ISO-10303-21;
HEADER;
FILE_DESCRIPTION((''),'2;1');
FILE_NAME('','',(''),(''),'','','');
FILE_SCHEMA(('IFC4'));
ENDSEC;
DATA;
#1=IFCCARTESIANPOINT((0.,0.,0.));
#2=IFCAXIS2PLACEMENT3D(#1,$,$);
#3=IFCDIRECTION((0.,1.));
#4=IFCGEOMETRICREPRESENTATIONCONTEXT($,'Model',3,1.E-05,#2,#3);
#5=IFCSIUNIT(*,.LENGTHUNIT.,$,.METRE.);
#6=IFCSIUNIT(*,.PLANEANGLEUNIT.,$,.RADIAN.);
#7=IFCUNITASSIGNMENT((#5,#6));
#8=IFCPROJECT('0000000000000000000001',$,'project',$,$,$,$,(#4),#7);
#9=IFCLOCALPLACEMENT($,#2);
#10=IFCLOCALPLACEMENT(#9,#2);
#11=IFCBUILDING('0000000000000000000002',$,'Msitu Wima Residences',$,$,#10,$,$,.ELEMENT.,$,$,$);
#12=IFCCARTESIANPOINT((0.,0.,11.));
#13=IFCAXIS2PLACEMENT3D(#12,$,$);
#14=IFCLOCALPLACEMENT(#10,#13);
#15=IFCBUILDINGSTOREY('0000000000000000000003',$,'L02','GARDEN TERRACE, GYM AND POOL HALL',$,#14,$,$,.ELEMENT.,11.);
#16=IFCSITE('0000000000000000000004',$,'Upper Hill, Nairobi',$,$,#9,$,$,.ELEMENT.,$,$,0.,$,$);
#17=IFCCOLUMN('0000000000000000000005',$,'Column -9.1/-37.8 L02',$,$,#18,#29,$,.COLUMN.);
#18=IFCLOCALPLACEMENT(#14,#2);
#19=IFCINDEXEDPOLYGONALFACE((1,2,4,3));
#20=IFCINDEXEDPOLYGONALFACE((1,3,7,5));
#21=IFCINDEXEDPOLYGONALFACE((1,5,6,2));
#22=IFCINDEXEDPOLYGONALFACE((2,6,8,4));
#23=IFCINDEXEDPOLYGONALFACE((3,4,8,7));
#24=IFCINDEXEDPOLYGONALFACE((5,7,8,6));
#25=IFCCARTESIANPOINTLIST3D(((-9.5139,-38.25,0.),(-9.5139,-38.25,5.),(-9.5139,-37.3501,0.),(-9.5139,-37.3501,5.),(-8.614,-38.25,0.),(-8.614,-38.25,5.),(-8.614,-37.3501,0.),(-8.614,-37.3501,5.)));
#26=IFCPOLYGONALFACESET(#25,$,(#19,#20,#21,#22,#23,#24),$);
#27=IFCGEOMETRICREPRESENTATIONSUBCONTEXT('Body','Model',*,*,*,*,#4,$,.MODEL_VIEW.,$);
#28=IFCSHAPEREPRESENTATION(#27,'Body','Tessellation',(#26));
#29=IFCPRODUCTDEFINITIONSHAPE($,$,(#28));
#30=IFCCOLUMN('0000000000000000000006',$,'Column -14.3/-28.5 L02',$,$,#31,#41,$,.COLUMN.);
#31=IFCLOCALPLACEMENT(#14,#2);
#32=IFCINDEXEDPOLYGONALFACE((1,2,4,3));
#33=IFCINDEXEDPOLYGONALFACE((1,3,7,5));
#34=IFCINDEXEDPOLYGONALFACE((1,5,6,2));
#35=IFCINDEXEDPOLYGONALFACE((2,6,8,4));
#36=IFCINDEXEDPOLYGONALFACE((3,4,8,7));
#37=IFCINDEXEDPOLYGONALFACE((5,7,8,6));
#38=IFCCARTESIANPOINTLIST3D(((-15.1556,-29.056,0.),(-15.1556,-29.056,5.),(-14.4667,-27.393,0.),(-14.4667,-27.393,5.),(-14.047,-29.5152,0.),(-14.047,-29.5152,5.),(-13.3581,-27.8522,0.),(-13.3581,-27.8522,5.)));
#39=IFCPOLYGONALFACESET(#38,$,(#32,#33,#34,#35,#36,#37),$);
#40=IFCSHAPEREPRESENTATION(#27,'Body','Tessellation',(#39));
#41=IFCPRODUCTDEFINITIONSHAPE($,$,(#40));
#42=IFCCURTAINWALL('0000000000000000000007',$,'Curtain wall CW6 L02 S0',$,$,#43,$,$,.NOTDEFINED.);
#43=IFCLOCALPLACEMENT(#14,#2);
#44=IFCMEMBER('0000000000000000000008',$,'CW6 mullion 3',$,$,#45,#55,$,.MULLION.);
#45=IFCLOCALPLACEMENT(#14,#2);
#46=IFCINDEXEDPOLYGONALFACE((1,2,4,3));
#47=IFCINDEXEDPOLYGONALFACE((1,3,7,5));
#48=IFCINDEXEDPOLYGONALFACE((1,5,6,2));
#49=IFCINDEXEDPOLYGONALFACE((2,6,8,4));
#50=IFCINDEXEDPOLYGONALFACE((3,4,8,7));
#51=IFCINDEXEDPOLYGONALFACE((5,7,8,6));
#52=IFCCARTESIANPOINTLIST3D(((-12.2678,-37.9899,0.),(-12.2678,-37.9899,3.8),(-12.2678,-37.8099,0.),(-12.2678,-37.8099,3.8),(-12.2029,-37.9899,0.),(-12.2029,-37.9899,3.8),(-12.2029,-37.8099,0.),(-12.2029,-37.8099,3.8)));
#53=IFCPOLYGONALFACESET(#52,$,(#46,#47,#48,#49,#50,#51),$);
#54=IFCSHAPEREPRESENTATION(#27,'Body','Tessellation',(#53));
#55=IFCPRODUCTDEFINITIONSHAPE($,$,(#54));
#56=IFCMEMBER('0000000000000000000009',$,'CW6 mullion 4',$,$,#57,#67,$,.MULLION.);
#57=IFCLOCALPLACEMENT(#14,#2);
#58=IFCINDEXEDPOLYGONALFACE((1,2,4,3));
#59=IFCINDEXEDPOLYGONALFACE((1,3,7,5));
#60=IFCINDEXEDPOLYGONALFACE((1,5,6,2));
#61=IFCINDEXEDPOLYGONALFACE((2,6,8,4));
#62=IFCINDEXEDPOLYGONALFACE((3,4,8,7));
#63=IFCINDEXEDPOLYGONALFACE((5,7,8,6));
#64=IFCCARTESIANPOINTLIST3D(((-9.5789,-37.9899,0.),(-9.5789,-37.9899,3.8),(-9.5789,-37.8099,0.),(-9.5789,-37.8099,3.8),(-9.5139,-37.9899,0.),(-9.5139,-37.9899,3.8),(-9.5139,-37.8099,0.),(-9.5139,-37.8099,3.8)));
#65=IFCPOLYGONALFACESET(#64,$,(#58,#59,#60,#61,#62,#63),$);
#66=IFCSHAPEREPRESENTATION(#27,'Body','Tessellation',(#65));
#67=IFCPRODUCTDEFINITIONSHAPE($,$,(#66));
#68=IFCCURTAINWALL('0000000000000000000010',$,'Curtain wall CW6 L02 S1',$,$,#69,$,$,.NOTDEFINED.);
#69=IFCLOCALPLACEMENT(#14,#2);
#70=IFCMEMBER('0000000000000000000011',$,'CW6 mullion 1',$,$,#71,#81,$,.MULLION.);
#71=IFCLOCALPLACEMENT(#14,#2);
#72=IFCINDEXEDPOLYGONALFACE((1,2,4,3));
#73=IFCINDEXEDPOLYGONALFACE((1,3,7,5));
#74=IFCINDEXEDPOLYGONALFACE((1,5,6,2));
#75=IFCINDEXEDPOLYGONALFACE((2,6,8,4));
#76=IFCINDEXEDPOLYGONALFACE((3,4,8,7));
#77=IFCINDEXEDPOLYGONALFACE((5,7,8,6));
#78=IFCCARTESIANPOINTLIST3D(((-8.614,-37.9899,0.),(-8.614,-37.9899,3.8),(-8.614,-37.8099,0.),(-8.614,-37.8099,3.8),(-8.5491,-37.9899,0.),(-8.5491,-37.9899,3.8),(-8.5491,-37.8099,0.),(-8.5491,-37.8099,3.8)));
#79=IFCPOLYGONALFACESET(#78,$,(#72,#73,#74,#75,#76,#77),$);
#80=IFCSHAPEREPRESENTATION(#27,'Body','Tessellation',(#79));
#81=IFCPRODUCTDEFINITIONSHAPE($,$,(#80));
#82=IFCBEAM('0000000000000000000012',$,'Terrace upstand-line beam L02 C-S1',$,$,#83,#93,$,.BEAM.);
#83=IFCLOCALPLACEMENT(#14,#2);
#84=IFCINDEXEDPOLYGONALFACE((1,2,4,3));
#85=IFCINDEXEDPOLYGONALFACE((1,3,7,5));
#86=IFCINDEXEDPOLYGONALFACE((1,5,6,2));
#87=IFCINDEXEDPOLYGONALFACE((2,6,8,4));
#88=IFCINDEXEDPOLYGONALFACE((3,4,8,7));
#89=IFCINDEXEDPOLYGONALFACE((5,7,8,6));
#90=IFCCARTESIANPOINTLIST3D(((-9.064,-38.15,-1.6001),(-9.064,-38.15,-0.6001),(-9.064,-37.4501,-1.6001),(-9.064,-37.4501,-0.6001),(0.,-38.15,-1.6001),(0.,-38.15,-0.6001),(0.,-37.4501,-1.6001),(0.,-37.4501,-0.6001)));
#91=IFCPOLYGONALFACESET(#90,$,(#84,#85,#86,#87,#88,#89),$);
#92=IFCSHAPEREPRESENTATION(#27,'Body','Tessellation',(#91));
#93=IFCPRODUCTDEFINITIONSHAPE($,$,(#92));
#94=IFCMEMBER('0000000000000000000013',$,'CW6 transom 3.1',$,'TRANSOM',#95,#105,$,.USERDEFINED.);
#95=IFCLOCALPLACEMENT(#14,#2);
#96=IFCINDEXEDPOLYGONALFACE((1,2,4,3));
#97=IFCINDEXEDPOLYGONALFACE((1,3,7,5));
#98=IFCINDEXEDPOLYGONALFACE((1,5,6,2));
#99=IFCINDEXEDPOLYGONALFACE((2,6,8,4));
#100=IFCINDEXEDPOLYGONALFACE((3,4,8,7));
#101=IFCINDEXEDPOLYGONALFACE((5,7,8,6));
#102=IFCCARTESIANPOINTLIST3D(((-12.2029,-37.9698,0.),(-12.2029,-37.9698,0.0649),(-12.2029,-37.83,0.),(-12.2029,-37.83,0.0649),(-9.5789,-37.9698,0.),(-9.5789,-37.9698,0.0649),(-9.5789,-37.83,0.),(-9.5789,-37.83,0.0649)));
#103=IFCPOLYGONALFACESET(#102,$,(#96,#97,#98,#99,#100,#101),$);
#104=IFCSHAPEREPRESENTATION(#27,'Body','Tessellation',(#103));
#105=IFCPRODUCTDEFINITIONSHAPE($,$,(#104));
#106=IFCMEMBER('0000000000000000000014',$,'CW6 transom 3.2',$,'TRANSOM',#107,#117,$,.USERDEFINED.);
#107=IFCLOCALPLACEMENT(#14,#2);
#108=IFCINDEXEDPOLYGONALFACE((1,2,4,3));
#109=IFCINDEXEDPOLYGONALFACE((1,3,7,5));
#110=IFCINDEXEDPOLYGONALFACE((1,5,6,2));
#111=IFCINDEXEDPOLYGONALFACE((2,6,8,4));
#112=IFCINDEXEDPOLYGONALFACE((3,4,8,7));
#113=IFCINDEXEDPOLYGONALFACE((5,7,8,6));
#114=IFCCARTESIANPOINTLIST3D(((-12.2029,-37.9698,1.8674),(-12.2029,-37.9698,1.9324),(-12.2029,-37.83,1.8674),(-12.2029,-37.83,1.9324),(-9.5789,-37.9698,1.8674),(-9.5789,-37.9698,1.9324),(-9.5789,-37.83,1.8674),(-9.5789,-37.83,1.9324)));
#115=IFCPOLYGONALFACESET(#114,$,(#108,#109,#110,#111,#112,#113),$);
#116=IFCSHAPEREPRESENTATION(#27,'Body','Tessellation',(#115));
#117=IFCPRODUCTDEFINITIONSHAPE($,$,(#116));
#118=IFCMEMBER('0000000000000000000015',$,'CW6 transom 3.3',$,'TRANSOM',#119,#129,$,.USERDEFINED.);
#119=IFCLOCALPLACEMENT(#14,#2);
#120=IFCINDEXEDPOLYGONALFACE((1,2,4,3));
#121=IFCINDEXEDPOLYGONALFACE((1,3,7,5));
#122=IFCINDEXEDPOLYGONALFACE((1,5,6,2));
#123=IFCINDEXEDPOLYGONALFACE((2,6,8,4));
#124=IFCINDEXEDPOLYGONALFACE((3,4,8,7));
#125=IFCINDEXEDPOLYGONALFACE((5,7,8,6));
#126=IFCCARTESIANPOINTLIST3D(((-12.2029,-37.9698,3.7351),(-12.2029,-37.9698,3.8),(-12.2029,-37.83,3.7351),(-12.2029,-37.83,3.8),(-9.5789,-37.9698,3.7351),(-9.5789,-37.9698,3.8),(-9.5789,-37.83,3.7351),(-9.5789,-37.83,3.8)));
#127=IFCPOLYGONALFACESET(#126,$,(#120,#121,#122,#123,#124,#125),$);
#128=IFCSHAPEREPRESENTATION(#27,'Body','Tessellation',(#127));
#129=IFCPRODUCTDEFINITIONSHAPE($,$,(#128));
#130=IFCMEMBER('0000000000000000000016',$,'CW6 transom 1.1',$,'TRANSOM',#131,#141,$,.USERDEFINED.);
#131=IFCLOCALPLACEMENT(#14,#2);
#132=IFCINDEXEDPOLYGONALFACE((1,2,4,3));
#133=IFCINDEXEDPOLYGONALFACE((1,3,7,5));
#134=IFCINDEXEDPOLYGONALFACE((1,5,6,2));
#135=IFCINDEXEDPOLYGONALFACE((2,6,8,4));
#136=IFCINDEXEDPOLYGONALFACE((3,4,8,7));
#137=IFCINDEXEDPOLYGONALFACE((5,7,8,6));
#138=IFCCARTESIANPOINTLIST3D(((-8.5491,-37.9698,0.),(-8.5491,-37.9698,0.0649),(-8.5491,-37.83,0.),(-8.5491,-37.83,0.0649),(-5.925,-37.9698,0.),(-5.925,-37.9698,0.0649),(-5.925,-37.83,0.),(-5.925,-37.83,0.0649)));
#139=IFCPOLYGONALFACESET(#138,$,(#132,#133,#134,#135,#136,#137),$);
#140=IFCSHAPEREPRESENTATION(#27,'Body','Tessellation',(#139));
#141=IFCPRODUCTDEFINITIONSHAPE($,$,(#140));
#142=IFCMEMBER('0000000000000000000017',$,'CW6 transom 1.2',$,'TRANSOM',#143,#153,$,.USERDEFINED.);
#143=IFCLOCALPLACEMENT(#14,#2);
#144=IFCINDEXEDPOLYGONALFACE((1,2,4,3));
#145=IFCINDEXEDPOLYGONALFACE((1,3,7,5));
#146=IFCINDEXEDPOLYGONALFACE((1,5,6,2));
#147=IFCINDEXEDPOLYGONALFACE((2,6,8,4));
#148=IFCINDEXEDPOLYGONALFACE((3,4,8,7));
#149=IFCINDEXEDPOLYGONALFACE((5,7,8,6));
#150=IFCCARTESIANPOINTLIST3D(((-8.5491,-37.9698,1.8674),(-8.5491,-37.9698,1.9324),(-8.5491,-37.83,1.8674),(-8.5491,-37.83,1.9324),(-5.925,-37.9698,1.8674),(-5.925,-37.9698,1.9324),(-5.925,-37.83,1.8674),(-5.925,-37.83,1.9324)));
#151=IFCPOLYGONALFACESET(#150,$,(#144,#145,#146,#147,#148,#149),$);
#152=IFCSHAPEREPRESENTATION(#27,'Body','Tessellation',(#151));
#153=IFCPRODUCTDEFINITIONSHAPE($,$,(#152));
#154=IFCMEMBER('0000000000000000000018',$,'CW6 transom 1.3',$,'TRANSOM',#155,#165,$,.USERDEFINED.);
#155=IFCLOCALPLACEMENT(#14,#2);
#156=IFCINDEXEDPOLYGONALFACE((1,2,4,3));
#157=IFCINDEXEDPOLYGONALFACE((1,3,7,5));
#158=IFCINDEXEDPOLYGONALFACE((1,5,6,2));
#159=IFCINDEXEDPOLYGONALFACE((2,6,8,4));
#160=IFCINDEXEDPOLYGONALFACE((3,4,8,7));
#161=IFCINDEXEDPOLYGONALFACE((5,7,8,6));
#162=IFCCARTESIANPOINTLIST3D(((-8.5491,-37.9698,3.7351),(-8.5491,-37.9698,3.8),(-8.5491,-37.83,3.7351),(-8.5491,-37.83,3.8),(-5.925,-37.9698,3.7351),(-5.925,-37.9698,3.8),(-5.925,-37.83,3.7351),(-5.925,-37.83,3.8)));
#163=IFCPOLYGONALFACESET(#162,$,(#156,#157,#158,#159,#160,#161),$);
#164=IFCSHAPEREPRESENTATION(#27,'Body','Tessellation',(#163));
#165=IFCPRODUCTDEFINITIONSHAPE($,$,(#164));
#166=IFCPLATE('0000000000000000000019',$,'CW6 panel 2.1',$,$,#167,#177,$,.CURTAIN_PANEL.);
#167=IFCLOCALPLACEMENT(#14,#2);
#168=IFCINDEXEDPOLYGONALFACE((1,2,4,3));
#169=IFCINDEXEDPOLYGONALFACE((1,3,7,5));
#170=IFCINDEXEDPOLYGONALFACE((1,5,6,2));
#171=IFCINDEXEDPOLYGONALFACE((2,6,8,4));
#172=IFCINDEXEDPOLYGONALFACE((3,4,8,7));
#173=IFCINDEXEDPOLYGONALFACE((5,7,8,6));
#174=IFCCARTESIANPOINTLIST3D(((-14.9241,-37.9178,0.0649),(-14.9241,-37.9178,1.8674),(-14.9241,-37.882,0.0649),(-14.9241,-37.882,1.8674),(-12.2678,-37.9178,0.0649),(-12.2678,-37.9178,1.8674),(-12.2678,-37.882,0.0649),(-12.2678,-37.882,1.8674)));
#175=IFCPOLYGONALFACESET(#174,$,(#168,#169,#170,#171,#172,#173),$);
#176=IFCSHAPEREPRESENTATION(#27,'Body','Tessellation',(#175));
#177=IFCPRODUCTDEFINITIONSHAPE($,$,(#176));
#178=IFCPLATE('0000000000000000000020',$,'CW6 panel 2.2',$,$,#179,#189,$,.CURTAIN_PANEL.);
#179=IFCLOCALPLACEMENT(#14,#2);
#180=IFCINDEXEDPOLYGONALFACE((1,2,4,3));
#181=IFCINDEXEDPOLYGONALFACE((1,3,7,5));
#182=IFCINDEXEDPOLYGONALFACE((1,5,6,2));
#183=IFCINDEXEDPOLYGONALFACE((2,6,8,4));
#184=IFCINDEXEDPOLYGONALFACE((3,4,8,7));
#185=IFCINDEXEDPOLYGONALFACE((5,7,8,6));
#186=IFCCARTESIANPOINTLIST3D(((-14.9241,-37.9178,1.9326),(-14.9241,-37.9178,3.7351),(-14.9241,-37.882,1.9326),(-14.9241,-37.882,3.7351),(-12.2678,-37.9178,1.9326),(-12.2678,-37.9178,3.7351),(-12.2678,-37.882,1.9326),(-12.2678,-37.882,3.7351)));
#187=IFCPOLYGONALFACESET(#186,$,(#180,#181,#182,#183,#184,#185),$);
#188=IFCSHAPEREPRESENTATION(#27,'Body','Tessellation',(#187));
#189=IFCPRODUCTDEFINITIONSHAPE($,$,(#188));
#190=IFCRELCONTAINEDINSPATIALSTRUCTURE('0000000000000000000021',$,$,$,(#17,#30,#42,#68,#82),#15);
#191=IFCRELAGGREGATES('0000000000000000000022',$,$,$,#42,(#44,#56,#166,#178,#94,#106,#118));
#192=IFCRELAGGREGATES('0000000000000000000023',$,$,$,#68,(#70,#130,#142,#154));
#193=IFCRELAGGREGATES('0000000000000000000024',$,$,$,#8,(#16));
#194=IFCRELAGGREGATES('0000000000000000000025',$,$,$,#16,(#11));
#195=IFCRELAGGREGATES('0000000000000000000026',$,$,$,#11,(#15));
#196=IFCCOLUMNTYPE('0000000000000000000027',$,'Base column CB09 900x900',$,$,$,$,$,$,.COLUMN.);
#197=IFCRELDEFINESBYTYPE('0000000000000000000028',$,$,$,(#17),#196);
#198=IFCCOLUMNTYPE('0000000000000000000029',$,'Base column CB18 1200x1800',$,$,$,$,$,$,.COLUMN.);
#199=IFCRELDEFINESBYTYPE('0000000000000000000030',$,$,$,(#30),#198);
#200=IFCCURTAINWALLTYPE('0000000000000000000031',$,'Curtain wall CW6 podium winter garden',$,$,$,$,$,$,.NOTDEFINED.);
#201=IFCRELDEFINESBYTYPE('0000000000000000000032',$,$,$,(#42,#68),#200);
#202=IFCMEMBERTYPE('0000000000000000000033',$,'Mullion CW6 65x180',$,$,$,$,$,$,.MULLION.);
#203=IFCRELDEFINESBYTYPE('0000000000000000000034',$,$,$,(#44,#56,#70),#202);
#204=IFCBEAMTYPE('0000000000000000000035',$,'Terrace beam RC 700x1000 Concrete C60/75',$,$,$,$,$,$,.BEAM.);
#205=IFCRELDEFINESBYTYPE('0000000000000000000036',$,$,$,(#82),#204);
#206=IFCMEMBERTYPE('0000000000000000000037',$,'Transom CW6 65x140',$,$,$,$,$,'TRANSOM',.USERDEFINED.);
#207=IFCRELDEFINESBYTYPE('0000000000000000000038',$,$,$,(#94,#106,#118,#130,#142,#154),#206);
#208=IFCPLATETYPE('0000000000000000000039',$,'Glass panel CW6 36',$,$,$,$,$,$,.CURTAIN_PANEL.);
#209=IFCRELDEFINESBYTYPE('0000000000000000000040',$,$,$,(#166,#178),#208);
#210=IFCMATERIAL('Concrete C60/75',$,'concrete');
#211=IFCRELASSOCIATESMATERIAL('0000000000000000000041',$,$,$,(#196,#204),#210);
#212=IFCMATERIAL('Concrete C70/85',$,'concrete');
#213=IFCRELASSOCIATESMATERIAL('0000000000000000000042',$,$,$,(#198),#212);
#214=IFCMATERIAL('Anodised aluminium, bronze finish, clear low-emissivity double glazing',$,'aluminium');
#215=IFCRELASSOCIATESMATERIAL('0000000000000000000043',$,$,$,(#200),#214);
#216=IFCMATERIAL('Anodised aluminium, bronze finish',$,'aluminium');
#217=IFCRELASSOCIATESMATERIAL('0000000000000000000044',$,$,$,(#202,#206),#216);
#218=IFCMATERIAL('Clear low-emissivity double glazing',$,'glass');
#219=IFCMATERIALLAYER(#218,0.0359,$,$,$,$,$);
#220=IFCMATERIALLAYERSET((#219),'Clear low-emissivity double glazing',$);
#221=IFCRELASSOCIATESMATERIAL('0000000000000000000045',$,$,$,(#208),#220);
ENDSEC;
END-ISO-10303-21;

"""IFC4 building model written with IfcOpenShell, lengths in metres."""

from ifc_helpers import new_model, si_unit, direction, frame, origin, origin_2d, place, context, subcontext, project, spatial, rectangle, extrude, material, layer, layer_set, material_profile, profile_set, type_object, element, aggregate, save


model = new_model("IFC4")

# Units and contexts
model_context = context("Model", 3, precision=1e-05, world=origin(), true_north=direction((0.0, 1.0)))
body_context = subcontext(model_context, "Body", "Model", "MODEL_VIEW")
ifc_project = project(units=[si_unit("LENGTHUNIT", "METRE"), si_unit("PLANEANGLEUNIT", "RADIAN")], contexts=[model_context])

# Site, building, storey
site_placement = place(None, origin())
site = spatial("IfcSite", under=ifc_project, at=site_placement, Name="Upper Hill, Nairobi", CompositionType="ELEMENT", RefElevation=0.0)
building_placement = place(site_placement, origin())
building = spatial("IfcBuilding", under=site, at=building_placement, Name="Msitu Wima Residences", CompositionType="ELEMENT")
storey_placement = place(building_placement, frame((0.0, 0.0, 11.0)))
storey = spatial("IfcBuildingStorey", under=building, at=storey_placement, Name="L02", Description="GARDEN TERRACE, GYM AND POOL HALL", CompositionType="ELEMENT", Elevation=11.0)

# Columns
ifc_material_1 = material(Name="Concrete C60/75", Category="concrete")
ifc_material_profile_1 = material_profile(ifc_material_1, rectangle(XDim=0.8999, YDim=0.8999, at=origin_2d()), Name="RC 900x900")
ifc_profile_set_1 = profile_set([ifc_material_profile_1], Name="Concrete C60/75")
column_type_1 = type_object("IfcColumnType", Name="Base column CB09 900x900", PredefinedType="COLUMN", material=ifc_profile_set_1)
column_1_placement = place(storey_placement, frame((-9.064, -37.8, 0.0), z_axis=(0.0, 0.0, 1.0), x_axis=(1.0, 0.0, 0.0)))
element("IfcColumn", 1, at=column_1_placement, inside=storey, type_object=column_type_1, Name="Column -9.1/-37.8 L02", PredefinedType="COLUMN", context=body_context, shape_type="SweptSolid", body=[
    extrude(rectangle(XDim=0.8999, YDim=0.8999, at=origin_2d()), origin(), (0.0, 0.0, 1.0), 5.0),
])
ifc_material_2 = material(Name="Concrete C70/85", Category="concrete")
ifc_material_profile_2 = material_profile(ifc_material_2, rectangle(XDim=1.2, YDim=1.8, at=origin_2d()), Name="RC 1200x1800")
ifc_profile_set_2 = profile_set([ifc_material_profile_2], Name="Concrete C70/85")
column_type_2 = type_object("IfcColumnType", Name="Base column CB18 1200x1800", PredefinedType="COLUMN", material=ifc_profile_set_2)
column_2_placement = place(storey_placement, frame((-14.2568, -28.4541, 0.0), z_axis=(0.0, 0.0, 1.0), x_axis=(0.92388, -0.382683, 0.0)))
element("IfcColumn", 2, at=column_2_placement, inside=storey, type_object=column_type_2, Name="Column -14.3/-28.5 L02", PredefinedType="COLUMN", context=body_context, shape_type="SweptSolid", body=[
    extrude(rectangle(XDim=1.2, YDim=1.8, at=origin_2d()), origin(), (0.0, 0.0, 1.0), 5.0),
])

# Curtain wall, members
ifc_material_3 = material(Name="Anodised aluminium, bronze finish, clear low-emissivity double glazing", Category="aluminium")
curtain_wall_type = type_object("IfcCurtainWallType", Name="Curtain wall CW6 podium winter garden", PredefinedType="NOTDEFINED", material=ifc_material_3)
curtain_wall_1_placement = place(storey_placement, origin())
curtain_wall_1 = element("IfcCurtainWall", 3, at=curtain_wall_1_placement, inside=storey, type_object=curtain_wall_type, Name="Curtain wall CW6 L02 S0", PredefinedType="NOTDEFINED")
ifc_material_4 = material(Name="Anodised aluminium, bronze finish", Category="aluminium")
ifc_material_profile_3 = material_profile(ifc_material_4, rectangle(XDim=0.1799, YDim=0.0649, at=origin_2d()), Name="Mullion 65x180")
ifc_profile_set_3 = profile_set([ifc_material_profile_3], Name="Anodised aluminium, bronze finish")
member_type_1 = type_object("IfcMemberType", Name="Mullion CW6 65x180", PredefinedType="MULLION", material=ifc_profile_set_3)
member_1_placement = place(storey_placement, frame((-12.2354, -37.8999, 0.0), z_axis=(0.0, 0.0, 1.0), x_axis=(0.0, 1.0, 0.0)))
member_1 = element("IfcMember", 4, at=member_1_placement, type_object=member_type_1, Name="CW6 mullion 3", PredefinedType="MULLION", context=body_context, shape_type="SweptSolid", body=[
    extrude(rectangle(XDim=0.1799, YDim=0.0649, at=origin_2d()), origin(), (0.0, 0.0, 1.0), 3.8),
])
member_2_placement = place(storey_placement, frame((-9.5464, -37.8999, 0.0), z_axis=(0.0, 0.0, 1.0), x_axis=(0.0, 1.0, 0.0)))
member_2 = element("IfcMember", 5, at=member_2_placement, type_object=member_type_1, Name="CW6 mullion 4", PredefinedType="MULLION", context=body_context, shape_type="SweptSolid", body=[
    extrude(rectangle(XDim=0.1799, YDim=0.0649, at=origin_2d()), origin(), (0.0, 0.0, 1.0), 3.8),
])

# Curtain wall, member
curtain_wall_2_placement = place(storey_placement, origin())
curtain_wall_2 = element("IfcCurtainWall", 6, at=curtain_wall_2_placement, inside=storey, type_object=curtain_wall_type, Name="Curtain wall CW6 L02 S1", PredefinedType="NOTDEFINED")
member_3_placement = place(storey_placement, frame((-8.5815, -37.8999, 0.0), z_axis=(0.0, 0.0, 1.0), x_axis=(0.0, 1.0, 0.0)))
member_3 = element("IfcMember", 7, at=member_3_placement, type_object=member_type_1, Name="CW6 mullion 1", PredefinedType="MULLION", context=body_context, shape_type="SweptSolid", body=[
    extrude(rectangle(XDim=0.1799, YDim=0.0649, at=origin_2d()), origin(), (0.0, 0.0, 1.0), 3.8),
])

# Beam
ifc_material_profile_4 = material_profile(ifc_material_1, rectangle(XDim=0.7, YDim=1.0, at=origin_2d()), Name="RC 700x1000")
ifc_profile_set_4 = profile_set([ifc_material_profile_4], Name="Concrete C60/75")
beam_type = type_object("IfcBeamType", Name="Terrace beam RC 700x1000 Concrete C60/75", PredefinedType="BEAM", material=ifc_profile_set_4)
beam_placement = place(storey_placement, frame((-9.064, -37.8, -1.1001), z_axis=(1.0, 0.0, 0.0), x_axis=(0.0, 1.0, 0.0)))
element("IfcBeam", 8, at=beam_placement, inside=storey, type_object=beam_type, Name="Terrace upstand-line beam L02 C-S1", PredefinedType="BEAM", context=body_context, shape_type="SweptSolid", body=[
    extrude(rectangle(XDim=0.7, YDim=1.0, at=origin_2d()), origin(), (0.0, 0.0, 1.0), 9.064),
])

# Members
ifc_material_profile_5 = material_profile(ifc_material_4, rectangle(XDim=0.1399, YDim=0.0649, at=origin_2d()), Name="Transom 65x140")
ifc_profile_set_5 = profile_set([ifc_material_profile_5], Name="Anodised aluminium, bronze finish")
member_type_2 = type_object("IfcMemberType", Name="Transom CW6 65x140", ElementType="TRANSOM", PredefinedType="USERDEFINED", material=ifc_profile_set_5)
member_4_placement = place(storey_placement, frame((-12.2029, -37.8999, 0.0325), z_axis=(1.0, 0.0, 0.0), x_axis=(0.0, 1.0, 0.0)))
member_4 = element("IfcMember", 9, at=member_4_placement, type_object=member_type_2, Name="CW6 transom 3.1", ObjectType="TRANSOM", PredefinedType="USERDEFINED", context=body_context, shape_type="SweptSolid", body=[
    extrude(rectangle(XDim=0.1399, YDim=0.0649, at=origin_2d()), origin(), (0.0, 0.0, 1.0), 2.624),
])
member_5_placement = place(storey_placement, frame((-12.2029, -37.8999, 1.8999), z_axis=(1.0, 0.0, 0.0), x_axis=(0.0, 1.0, 0.0)))
member_5 = element("IfcMember", 10, at=member_5_placement, type_object=member_type_2, Name="CW6 transom 3.2", ObjectType="TRANSOM", PredefinedType="USERDEFINED", context=body_context, shape_type="SweptSolid", body=[
    extrude(rectangle(XDim=0.1399, YDim=0.0649, at=origin_2d()), origin(), (0.0, 0.0, 1.0), 2.624),
])
member_6_placement = place(storey_placement, frame((-12.2029, -37.8999, 3.7676), z_axis=(1.0, 0.0, 0.0), x_axis=(0.0, 1.0, 0.0)))
member_6 = element("IfcMember", 11, at=member_6_placement, type_object=member_type_2, Name="CW6 transom 3.3", ObjectType="TRANSOM", PredefinedType="USERDEFINED", context=body_context, shape_type="SweptSolid", body=[
    extrude(rectangle(XDim=0.1399, YDim=0.0649, at=origin_2d()), origin(), (0.0, 0.0, 1.0), 2.624),
])
member_7_placement = place(storey_placement, frame((-8.5491, -37.8999, 0.0325), z_axis=(1.0, 0.0, 0.0), x_axis=(0.0, 1.0, 0.0)))
member_7 = element("IfcMember", 12, at=member_7_placement, type_object=member_type_2, Name="CW6 transom 1.1", ObjectType="TRANSOM", PredefinedType="USERDEFINED", context=body_context, shape_type="SweptSolid", body=[
    extrude(rectangle(XDim=0.1399, YDim=0.0649, at=origin_2d()), origin(), (0.0, 0.0, 1.0), 2.624),
])
member_8_placement = place(storey_placement, frame((-8.5491, -37.8999, 1.8999), z_axis=(1.0, 0.0, 0.0), x_axis=(0.0, 1.0, 0.0)))
member_8 = element("IfcMember", 13, at=member_8_placement, type_object=member_type_2, Name="CW6 transom 1.2", ObjectType="TRANSOM", PredefinedType="USERDEFINED", context=body_context, shape_type="SweptSolid", body=[
    extrude(rectangle(XDim=0.1399, YDim=0.0649, at=origin_2d()), origin(), (0.0, 0.0, 1.0), 2.624),
])
member_9_placement = place(storey_placement, frame((-8.5491, -37.8999, 3.7676), z_axis=(1.0, 0.0, 0.0), x_axis=(0.0, 1.0, 0.0)))
member_9 = element("IfcMember", 14, at=member_9_placement, type_object=member_type_2, Name="CW6 transom 1.3", ObjectType="TRANSOM", PredefinedType="USERDEFINED", context=body_context, shape_type="SweptSolid", body=[
    extrude(rectangle(XDim=0.1399, YDim=0.0649, at=origin_2d()), origin(), (0.0, 0.0, 1.0), 2.624),
])

# Plates
ifc_material_5 = material(Name="Clear low-emissivity double glazing", Category="glass")
ifc_layer_1 = layer(ifc_material_5, 0.0359)
ifc_layer_set_1 = layer_set([ifc_layer_1], Name="Clear low-emissivity double glazing")
plate_type = type_object("IfcPlateType", Name="Glass panel CW6 36", PredefinedType="CURTAIN_PANEL", material=ifc_layer_set_1)
plate_1_placement = place(storey_placement, frame((-13.5959, -37.8999, 0.0649), z_axis=(0.0, 0.0, 1.0), x_axis=(1.0, 0.0, 0.0)))
plate_1 = element("IfcPlate", 15, at=plate_1_placement, type_object=plate_type, Name="CW6 panel 2.1", PredefinedType="CURTAIN_PANEL", context=body_context, shape_type="SweptSolid", body=[
    extrude(rectangle(XDim=2.6562, YDim=0.0359, at=origin_2d()), origin(), (0.0, 0.0, 1.0), 1.8025),
])
plate_2_placement = place(storey_placement, frame((-13.5959, -37.8999, 1.9326), z_axis=(0.0, 0.0, 1.0), x_axis=(1.0, 0.0, 0.0)))
plate_2 = element("IfcPlate", 16, at=plate_2_placement, type_object=plate_type, Name="CW6 panel 2.2", PredefinedType="CURTAIN_PANEL", context=body_context, shape_type="SweptSolid", body=[
    extrude(rectangle(XDim=2.6562, YDim=0.0359, at=origin_2d()), origin(), (0.0, 0.0, 1.0), 1.8025),
])
aggregate(curtain_wall_1, [member_1, member_2, plate_1, plate_2, member_4, member_5, member_6])
aggregate(curtain_wall_2, [member_3, member_7, member_8, member_9])

save(model, "model.ifc")
